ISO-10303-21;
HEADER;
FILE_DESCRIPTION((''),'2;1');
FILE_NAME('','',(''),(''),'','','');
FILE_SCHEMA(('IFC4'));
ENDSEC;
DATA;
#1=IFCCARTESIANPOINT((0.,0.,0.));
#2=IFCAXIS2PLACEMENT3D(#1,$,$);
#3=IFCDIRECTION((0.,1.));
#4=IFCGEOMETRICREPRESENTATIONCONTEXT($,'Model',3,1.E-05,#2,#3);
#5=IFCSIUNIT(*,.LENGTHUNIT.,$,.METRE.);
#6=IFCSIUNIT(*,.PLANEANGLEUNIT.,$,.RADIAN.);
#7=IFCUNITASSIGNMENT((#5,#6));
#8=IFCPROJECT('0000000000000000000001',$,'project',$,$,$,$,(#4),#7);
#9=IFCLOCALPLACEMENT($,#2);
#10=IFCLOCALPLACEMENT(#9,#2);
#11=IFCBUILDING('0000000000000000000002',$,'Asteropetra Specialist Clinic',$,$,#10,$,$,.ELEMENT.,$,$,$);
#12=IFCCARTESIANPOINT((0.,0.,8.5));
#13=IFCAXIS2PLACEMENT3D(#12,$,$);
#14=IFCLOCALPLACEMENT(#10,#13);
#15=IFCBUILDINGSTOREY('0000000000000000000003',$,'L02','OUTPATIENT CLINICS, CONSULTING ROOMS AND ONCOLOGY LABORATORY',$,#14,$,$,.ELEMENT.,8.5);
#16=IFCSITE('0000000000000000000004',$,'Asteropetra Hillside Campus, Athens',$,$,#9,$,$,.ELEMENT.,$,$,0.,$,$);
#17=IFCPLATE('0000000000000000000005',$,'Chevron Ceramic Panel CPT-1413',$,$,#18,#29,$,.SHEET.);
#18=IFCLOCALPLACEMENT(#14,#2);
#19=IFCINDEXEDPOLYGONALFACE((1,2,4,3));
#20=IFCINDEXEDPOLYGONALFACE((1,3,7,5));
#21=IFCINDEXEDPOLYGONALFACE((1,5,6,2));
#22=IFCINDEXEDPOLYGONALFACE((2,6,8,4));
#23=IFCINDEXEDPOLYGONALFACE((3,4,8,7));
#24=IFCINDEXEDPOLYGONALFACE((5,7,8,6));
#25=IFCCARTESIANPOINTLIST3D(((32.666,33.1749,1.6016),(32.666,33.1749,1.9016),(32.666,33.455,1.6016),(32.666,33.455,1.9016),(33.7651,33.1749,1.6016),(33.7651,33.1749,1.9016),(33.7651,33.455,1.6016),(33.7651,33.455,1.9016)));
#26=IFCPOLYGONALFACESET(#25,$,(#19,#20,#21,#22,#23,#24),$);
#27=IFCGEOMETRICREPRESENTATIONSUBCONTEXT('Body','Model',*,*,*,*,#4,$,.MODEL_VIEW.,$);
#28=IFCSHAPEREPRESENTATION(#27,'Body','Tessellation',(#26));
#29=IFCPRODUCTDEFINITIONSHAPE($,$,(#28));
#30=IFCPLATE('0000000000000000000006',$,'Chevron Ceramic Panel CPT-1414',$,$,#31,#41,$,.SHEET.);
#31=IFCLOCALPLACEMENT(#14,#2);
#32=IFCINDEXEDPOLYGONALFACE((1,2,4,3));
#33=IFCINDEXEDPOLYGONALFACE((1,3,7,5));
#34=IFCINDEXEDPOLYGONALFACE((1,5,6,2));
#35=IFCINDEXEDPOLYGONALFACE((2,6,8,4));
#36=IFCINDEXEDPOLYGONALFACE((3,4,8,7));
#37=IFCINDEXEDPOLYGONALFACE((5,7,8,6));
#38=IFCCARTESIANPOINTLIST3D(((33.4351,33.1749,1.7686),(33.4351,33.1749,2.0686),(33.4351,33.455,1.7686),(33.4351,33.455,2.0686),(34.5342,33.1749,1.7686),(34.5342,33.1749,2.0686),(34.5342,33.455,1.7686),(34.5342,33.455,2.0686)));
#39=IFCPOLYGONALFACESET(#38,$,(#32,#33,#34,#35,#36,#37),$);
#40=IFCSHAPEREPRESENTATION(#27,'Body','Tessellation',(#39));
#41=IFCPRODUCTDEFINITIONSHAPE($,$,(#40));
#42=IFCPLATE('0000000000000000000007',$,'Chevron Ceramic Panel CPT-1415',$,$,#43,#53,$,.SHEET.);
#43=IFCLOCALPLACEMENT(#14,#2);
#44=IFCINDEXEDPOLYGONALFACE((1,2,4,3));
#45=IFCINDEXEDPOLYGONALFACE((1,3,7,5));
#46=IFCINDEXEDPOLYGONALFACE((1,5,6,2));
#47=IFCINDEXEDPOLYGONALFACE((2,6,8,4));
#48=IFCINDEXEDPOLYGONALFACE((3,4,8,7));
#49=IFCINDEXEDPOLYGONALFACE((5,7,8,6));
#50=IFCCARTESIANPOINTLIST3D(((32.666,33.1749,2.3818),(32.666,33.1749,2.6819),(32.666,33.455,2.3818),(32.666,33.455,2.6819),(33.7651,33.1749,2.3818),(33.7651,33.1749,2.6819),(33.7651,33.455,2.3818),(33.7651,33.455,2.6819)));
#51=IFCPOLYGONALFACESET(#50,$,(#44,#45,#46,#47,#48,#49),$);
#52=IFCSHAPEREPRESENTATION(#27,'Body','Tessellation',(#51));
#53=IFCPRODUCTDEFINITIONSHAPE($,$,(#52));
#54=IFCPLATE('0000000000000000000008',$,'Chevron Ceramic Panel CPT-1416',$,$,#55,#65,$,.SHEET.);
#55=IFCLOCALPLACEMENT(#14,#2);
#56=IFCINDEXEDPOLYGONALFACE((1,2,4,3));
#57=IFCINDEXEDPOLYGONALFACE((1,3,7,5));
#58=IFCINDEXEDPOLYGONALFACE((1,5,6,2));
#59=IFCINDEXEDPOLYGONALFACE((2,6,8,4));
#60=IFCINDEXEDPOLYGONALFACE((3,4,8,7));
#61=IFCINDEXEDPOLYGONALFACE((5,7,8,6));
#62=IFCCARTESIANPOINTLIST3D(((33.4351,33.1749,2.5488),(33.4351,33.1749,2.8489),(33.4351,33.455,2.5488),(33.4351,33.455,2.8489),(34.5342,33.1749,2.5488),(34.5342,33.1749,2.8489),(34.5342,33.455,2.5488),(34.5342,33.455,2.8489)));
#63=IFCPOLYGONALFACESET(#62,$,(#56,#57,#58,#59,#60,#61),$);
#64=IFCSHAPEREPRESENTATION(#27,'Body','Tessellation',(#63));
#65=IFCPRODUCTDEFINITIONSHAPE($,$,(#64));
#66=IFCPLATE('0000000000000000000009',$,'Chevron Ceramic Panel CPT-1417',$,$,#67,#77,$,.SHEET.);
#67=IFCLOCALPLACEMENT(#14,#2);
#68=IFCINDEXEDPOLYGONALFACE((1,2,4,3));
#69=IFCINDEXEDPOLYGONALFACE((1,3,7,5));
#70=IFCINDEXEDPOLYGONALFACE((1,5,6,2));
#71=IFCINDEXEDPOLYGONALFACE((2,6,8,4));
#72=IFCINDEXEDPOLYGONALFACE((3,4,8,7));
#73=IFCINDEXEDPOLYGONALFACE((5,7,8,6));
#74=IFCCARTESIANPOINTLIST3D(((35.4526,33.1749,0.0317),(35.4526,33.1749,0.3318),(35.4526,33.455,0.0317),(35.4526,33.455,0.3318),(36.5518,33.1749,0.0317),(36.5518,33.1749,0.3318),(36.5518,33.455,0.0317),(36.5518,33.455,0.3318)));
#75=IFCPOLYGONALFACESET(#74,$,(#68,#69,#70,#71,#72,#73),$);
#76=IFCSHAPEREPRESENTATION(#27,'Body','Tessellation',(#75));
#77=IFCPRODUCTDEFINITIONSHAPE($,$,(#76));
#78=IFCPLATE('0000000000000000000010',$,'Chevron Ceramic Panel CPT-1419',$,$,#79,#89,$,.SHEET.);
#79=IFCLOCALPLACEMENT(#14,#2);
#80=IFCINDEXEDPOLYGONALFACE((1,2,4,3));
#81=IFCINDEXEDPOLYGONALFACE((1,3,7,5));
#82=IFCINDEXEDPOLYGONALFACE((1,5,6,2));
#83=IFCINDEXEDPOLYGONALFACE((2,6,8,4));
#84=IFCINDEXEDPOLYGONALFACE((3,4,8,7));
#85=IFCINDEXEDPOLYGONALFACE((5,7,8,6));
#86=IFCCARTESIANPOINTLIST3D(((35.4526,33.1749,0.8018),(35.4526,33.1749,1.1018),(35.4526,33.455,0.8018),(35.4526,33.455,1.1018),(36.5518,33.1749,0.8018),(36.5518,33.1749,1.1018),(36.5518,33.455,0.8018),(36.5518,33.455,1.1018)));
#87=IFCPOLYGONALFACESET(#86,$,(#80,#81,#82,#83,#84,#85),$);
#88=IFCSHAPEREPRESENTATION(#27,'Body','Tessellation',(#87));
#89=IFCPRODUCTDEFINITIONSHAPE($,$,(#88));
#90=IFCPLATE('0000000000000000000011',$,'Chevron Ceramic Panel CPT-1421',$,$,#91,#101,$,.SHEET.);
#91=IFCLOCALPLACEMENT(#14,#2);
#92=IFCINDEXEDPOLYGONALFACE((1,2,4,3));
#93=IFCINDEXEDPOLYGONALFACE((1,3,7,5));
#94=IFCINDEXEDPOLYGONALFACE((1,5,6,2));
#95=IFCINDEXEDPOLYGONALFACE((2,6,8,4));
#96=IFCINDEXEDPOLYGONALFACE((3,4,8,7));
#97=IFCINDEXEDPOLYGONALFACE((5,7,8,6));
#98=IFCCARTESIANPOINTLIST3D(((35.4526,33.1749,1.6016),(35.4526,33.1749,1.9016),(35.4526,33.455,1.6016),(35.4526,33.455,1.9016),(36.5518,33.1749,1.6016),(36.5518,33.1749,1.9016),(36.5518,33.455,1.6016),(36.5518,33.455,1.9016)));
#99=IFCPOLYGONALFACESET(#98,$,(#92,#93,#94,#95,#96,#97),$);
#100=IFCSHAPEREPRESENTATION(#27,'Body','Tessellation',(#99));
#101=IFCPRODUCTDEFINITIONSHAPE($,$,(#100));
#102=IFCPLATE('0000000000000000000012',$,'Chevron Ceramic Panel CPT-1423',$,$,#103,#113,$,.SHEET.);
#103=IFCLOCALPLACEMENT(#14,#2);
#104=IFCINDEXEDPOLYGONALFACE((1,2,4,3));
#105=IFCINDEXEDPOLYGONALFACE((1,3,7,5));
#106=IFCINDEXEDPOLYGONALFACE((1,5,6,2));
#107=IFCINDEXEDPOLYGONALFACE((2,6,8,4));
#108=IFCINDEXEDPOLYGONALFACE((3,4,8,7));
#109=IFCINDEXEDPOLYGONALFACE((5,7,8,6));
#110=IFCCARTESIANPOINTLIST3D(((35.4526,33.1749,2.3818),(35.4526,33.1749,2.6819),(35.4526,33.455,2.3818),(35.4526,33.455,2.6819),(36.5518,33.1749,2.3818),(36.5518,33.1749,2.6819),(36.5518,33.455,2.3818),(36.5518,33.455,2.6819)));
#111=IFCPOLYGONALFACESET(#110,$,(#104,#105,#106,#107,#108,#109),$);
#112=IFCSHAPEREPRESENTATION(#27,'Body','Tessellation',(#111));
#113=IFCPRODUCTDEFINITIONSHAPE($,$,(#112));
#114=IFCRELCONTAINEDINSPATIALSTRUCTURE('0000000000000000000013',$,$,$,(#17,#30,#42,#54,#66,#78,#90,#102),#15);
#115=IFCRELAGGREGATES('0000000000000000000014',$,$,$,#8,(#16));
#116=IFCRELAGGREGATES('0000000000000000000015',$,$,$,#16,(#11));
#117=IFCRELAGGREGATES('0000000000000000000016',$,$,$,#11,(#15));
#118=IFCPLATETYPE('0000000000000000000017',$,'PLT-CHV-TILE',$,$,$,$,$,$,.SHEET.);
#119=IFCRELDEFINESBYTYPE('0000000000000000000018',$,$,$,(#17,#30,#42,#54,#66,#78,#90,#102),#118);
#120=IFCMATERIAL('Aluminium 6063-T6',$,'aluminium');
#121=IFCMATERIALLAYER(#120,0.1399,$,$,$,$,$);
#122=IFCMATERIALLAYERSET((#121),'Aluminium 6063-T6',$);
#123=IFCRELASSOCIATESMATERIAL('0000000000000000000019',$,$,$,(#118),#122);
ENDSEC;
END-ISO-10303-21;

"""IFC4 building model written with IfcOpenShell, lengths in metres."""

from ifc_helpers import new_model, si_unit, direction, frame, origin, origin_2d, place, context, subcontext, project, spatial, rectangle, extrude, material, layer, layer_set, type_object, element, save


model = new_model("IFC4")

# Units and contexts
model_context = context("Model", 3, precision=1e-05, world=origin(), true_north=direction((0.0, 1.0)))
body_context = subcontext(model_context, "Body", "Model", "MODEL_VIEW")
ifc_project = project(units=[si_unit("LENGTHUNIT", "METRE"), si_unit("PLANEANGLEUNIT", "RADIAN")], contexts=[model_context])

# Site, building, storey
site_placement = place(None, origin())
site = spatial("IfcSite", under=ifc_project, at=site_placement, Name="Asteropetra Hillside Campus, Athens", CompositionType="ELEMENT", RefElevation=0.0)
building_placement = place(site_placement, origin())
building = spatial("IfcBuilding", under=site, at=building_placement, Name="Asteropetra Specialist Clinic", CompositionType="ELEMENT")
storey_placement = place(building_placement, frame((0.0, 0.0, 8.5)))
storey = spatial("IfcBuildingStorey", under=building, at=storey_placement, Name="L02", Description="OUTPATIENT CLINICS, CONSULTING ROOMS AND ONCOLOGY LABORATORY", CompositionType="ELEMENT", Elevation=8.5)

# Plates
ifc_material_1 = material(Name="Aluminium 6063-T6", Category="aluminium")
ifc_layer = layer(ifc_material_1, 0.1399)
ifc_layer_set = layer_set([ifc_layer], Name="Aluminium 6063-T6")
plate_type_1 = type_object("IfcPlateType", Name="PLT-CHV-TILE", PredefinedType="SHEET", material=ifc_layer_set)
for number, where, z_axis, x_axis, name in (
    (1, (33.2156, 33.3149, 1.6016), (0.0, 0.0, 1.0), (1.0, 0.0, 0.0), "Chevron Ceramic Panel CPT-1413"),
    (2, (33.9846, 33.3149, 1.7686), (0.0, 0.0, 1.0), (1.0, 0.0, 0.0), "Chevron Ceramic Panel CPT-1414"),
    (3, (33.2156, 33.3149, 2.3818), (0.0, 0.0, 1.0), (1.0, 0.0, 0.0), "Chevron Ceramic Panel CPT-1415"),
    (4, (33.9846, 33.3149, 2.5488), (0.0, 0.0, 1.0), (1.0, 0.0, 0.0), "Chevron Ceramic Panel CPT-1416"),
    (5, (36.0022, 33.3149, 0.0317), (0.0, 0.0, 1.0), (1.0, 0.0, 0.0), "Chevron Ceramic Panel CPT-1417"),
    (6, (36.0022, 33.3149, 0.8018), (0.0, 0.0, 1.0), (1.0, 0.0, 0.0), "Chevron Ceramic Panel CPT-1419"),
    (7, (36.0022, 33.3149, 1.6016), (0.0, 0.0, 1.0), (1.0, 0.0, 0.0), "Chevron Ceramic Panel CPT-1421"),
    (8, (36.0022, 33.3149, 2.3818), (0.0, 0.0, 1.0), (1.0, 0.0, 0.0), "Chevron Ceramic Panel CPT-1423"),
):
    element("IfcPlate", number, at=place(storey_placement, frame(where, z_axis=z_axis, x_axis=x_axis)), inside=storey, type_object=plate_type_1, Name=name, PredefinedType="SHEET", context=body_context, shape_type="SweptSolid", body=[
        extrude(rectangle(XDim=1.0991, YDim=0.28, at=origin_2d()), origin(), (0.0, 0.0, 1.0), 0.3),
    ])

save(model, "model.ifc")
